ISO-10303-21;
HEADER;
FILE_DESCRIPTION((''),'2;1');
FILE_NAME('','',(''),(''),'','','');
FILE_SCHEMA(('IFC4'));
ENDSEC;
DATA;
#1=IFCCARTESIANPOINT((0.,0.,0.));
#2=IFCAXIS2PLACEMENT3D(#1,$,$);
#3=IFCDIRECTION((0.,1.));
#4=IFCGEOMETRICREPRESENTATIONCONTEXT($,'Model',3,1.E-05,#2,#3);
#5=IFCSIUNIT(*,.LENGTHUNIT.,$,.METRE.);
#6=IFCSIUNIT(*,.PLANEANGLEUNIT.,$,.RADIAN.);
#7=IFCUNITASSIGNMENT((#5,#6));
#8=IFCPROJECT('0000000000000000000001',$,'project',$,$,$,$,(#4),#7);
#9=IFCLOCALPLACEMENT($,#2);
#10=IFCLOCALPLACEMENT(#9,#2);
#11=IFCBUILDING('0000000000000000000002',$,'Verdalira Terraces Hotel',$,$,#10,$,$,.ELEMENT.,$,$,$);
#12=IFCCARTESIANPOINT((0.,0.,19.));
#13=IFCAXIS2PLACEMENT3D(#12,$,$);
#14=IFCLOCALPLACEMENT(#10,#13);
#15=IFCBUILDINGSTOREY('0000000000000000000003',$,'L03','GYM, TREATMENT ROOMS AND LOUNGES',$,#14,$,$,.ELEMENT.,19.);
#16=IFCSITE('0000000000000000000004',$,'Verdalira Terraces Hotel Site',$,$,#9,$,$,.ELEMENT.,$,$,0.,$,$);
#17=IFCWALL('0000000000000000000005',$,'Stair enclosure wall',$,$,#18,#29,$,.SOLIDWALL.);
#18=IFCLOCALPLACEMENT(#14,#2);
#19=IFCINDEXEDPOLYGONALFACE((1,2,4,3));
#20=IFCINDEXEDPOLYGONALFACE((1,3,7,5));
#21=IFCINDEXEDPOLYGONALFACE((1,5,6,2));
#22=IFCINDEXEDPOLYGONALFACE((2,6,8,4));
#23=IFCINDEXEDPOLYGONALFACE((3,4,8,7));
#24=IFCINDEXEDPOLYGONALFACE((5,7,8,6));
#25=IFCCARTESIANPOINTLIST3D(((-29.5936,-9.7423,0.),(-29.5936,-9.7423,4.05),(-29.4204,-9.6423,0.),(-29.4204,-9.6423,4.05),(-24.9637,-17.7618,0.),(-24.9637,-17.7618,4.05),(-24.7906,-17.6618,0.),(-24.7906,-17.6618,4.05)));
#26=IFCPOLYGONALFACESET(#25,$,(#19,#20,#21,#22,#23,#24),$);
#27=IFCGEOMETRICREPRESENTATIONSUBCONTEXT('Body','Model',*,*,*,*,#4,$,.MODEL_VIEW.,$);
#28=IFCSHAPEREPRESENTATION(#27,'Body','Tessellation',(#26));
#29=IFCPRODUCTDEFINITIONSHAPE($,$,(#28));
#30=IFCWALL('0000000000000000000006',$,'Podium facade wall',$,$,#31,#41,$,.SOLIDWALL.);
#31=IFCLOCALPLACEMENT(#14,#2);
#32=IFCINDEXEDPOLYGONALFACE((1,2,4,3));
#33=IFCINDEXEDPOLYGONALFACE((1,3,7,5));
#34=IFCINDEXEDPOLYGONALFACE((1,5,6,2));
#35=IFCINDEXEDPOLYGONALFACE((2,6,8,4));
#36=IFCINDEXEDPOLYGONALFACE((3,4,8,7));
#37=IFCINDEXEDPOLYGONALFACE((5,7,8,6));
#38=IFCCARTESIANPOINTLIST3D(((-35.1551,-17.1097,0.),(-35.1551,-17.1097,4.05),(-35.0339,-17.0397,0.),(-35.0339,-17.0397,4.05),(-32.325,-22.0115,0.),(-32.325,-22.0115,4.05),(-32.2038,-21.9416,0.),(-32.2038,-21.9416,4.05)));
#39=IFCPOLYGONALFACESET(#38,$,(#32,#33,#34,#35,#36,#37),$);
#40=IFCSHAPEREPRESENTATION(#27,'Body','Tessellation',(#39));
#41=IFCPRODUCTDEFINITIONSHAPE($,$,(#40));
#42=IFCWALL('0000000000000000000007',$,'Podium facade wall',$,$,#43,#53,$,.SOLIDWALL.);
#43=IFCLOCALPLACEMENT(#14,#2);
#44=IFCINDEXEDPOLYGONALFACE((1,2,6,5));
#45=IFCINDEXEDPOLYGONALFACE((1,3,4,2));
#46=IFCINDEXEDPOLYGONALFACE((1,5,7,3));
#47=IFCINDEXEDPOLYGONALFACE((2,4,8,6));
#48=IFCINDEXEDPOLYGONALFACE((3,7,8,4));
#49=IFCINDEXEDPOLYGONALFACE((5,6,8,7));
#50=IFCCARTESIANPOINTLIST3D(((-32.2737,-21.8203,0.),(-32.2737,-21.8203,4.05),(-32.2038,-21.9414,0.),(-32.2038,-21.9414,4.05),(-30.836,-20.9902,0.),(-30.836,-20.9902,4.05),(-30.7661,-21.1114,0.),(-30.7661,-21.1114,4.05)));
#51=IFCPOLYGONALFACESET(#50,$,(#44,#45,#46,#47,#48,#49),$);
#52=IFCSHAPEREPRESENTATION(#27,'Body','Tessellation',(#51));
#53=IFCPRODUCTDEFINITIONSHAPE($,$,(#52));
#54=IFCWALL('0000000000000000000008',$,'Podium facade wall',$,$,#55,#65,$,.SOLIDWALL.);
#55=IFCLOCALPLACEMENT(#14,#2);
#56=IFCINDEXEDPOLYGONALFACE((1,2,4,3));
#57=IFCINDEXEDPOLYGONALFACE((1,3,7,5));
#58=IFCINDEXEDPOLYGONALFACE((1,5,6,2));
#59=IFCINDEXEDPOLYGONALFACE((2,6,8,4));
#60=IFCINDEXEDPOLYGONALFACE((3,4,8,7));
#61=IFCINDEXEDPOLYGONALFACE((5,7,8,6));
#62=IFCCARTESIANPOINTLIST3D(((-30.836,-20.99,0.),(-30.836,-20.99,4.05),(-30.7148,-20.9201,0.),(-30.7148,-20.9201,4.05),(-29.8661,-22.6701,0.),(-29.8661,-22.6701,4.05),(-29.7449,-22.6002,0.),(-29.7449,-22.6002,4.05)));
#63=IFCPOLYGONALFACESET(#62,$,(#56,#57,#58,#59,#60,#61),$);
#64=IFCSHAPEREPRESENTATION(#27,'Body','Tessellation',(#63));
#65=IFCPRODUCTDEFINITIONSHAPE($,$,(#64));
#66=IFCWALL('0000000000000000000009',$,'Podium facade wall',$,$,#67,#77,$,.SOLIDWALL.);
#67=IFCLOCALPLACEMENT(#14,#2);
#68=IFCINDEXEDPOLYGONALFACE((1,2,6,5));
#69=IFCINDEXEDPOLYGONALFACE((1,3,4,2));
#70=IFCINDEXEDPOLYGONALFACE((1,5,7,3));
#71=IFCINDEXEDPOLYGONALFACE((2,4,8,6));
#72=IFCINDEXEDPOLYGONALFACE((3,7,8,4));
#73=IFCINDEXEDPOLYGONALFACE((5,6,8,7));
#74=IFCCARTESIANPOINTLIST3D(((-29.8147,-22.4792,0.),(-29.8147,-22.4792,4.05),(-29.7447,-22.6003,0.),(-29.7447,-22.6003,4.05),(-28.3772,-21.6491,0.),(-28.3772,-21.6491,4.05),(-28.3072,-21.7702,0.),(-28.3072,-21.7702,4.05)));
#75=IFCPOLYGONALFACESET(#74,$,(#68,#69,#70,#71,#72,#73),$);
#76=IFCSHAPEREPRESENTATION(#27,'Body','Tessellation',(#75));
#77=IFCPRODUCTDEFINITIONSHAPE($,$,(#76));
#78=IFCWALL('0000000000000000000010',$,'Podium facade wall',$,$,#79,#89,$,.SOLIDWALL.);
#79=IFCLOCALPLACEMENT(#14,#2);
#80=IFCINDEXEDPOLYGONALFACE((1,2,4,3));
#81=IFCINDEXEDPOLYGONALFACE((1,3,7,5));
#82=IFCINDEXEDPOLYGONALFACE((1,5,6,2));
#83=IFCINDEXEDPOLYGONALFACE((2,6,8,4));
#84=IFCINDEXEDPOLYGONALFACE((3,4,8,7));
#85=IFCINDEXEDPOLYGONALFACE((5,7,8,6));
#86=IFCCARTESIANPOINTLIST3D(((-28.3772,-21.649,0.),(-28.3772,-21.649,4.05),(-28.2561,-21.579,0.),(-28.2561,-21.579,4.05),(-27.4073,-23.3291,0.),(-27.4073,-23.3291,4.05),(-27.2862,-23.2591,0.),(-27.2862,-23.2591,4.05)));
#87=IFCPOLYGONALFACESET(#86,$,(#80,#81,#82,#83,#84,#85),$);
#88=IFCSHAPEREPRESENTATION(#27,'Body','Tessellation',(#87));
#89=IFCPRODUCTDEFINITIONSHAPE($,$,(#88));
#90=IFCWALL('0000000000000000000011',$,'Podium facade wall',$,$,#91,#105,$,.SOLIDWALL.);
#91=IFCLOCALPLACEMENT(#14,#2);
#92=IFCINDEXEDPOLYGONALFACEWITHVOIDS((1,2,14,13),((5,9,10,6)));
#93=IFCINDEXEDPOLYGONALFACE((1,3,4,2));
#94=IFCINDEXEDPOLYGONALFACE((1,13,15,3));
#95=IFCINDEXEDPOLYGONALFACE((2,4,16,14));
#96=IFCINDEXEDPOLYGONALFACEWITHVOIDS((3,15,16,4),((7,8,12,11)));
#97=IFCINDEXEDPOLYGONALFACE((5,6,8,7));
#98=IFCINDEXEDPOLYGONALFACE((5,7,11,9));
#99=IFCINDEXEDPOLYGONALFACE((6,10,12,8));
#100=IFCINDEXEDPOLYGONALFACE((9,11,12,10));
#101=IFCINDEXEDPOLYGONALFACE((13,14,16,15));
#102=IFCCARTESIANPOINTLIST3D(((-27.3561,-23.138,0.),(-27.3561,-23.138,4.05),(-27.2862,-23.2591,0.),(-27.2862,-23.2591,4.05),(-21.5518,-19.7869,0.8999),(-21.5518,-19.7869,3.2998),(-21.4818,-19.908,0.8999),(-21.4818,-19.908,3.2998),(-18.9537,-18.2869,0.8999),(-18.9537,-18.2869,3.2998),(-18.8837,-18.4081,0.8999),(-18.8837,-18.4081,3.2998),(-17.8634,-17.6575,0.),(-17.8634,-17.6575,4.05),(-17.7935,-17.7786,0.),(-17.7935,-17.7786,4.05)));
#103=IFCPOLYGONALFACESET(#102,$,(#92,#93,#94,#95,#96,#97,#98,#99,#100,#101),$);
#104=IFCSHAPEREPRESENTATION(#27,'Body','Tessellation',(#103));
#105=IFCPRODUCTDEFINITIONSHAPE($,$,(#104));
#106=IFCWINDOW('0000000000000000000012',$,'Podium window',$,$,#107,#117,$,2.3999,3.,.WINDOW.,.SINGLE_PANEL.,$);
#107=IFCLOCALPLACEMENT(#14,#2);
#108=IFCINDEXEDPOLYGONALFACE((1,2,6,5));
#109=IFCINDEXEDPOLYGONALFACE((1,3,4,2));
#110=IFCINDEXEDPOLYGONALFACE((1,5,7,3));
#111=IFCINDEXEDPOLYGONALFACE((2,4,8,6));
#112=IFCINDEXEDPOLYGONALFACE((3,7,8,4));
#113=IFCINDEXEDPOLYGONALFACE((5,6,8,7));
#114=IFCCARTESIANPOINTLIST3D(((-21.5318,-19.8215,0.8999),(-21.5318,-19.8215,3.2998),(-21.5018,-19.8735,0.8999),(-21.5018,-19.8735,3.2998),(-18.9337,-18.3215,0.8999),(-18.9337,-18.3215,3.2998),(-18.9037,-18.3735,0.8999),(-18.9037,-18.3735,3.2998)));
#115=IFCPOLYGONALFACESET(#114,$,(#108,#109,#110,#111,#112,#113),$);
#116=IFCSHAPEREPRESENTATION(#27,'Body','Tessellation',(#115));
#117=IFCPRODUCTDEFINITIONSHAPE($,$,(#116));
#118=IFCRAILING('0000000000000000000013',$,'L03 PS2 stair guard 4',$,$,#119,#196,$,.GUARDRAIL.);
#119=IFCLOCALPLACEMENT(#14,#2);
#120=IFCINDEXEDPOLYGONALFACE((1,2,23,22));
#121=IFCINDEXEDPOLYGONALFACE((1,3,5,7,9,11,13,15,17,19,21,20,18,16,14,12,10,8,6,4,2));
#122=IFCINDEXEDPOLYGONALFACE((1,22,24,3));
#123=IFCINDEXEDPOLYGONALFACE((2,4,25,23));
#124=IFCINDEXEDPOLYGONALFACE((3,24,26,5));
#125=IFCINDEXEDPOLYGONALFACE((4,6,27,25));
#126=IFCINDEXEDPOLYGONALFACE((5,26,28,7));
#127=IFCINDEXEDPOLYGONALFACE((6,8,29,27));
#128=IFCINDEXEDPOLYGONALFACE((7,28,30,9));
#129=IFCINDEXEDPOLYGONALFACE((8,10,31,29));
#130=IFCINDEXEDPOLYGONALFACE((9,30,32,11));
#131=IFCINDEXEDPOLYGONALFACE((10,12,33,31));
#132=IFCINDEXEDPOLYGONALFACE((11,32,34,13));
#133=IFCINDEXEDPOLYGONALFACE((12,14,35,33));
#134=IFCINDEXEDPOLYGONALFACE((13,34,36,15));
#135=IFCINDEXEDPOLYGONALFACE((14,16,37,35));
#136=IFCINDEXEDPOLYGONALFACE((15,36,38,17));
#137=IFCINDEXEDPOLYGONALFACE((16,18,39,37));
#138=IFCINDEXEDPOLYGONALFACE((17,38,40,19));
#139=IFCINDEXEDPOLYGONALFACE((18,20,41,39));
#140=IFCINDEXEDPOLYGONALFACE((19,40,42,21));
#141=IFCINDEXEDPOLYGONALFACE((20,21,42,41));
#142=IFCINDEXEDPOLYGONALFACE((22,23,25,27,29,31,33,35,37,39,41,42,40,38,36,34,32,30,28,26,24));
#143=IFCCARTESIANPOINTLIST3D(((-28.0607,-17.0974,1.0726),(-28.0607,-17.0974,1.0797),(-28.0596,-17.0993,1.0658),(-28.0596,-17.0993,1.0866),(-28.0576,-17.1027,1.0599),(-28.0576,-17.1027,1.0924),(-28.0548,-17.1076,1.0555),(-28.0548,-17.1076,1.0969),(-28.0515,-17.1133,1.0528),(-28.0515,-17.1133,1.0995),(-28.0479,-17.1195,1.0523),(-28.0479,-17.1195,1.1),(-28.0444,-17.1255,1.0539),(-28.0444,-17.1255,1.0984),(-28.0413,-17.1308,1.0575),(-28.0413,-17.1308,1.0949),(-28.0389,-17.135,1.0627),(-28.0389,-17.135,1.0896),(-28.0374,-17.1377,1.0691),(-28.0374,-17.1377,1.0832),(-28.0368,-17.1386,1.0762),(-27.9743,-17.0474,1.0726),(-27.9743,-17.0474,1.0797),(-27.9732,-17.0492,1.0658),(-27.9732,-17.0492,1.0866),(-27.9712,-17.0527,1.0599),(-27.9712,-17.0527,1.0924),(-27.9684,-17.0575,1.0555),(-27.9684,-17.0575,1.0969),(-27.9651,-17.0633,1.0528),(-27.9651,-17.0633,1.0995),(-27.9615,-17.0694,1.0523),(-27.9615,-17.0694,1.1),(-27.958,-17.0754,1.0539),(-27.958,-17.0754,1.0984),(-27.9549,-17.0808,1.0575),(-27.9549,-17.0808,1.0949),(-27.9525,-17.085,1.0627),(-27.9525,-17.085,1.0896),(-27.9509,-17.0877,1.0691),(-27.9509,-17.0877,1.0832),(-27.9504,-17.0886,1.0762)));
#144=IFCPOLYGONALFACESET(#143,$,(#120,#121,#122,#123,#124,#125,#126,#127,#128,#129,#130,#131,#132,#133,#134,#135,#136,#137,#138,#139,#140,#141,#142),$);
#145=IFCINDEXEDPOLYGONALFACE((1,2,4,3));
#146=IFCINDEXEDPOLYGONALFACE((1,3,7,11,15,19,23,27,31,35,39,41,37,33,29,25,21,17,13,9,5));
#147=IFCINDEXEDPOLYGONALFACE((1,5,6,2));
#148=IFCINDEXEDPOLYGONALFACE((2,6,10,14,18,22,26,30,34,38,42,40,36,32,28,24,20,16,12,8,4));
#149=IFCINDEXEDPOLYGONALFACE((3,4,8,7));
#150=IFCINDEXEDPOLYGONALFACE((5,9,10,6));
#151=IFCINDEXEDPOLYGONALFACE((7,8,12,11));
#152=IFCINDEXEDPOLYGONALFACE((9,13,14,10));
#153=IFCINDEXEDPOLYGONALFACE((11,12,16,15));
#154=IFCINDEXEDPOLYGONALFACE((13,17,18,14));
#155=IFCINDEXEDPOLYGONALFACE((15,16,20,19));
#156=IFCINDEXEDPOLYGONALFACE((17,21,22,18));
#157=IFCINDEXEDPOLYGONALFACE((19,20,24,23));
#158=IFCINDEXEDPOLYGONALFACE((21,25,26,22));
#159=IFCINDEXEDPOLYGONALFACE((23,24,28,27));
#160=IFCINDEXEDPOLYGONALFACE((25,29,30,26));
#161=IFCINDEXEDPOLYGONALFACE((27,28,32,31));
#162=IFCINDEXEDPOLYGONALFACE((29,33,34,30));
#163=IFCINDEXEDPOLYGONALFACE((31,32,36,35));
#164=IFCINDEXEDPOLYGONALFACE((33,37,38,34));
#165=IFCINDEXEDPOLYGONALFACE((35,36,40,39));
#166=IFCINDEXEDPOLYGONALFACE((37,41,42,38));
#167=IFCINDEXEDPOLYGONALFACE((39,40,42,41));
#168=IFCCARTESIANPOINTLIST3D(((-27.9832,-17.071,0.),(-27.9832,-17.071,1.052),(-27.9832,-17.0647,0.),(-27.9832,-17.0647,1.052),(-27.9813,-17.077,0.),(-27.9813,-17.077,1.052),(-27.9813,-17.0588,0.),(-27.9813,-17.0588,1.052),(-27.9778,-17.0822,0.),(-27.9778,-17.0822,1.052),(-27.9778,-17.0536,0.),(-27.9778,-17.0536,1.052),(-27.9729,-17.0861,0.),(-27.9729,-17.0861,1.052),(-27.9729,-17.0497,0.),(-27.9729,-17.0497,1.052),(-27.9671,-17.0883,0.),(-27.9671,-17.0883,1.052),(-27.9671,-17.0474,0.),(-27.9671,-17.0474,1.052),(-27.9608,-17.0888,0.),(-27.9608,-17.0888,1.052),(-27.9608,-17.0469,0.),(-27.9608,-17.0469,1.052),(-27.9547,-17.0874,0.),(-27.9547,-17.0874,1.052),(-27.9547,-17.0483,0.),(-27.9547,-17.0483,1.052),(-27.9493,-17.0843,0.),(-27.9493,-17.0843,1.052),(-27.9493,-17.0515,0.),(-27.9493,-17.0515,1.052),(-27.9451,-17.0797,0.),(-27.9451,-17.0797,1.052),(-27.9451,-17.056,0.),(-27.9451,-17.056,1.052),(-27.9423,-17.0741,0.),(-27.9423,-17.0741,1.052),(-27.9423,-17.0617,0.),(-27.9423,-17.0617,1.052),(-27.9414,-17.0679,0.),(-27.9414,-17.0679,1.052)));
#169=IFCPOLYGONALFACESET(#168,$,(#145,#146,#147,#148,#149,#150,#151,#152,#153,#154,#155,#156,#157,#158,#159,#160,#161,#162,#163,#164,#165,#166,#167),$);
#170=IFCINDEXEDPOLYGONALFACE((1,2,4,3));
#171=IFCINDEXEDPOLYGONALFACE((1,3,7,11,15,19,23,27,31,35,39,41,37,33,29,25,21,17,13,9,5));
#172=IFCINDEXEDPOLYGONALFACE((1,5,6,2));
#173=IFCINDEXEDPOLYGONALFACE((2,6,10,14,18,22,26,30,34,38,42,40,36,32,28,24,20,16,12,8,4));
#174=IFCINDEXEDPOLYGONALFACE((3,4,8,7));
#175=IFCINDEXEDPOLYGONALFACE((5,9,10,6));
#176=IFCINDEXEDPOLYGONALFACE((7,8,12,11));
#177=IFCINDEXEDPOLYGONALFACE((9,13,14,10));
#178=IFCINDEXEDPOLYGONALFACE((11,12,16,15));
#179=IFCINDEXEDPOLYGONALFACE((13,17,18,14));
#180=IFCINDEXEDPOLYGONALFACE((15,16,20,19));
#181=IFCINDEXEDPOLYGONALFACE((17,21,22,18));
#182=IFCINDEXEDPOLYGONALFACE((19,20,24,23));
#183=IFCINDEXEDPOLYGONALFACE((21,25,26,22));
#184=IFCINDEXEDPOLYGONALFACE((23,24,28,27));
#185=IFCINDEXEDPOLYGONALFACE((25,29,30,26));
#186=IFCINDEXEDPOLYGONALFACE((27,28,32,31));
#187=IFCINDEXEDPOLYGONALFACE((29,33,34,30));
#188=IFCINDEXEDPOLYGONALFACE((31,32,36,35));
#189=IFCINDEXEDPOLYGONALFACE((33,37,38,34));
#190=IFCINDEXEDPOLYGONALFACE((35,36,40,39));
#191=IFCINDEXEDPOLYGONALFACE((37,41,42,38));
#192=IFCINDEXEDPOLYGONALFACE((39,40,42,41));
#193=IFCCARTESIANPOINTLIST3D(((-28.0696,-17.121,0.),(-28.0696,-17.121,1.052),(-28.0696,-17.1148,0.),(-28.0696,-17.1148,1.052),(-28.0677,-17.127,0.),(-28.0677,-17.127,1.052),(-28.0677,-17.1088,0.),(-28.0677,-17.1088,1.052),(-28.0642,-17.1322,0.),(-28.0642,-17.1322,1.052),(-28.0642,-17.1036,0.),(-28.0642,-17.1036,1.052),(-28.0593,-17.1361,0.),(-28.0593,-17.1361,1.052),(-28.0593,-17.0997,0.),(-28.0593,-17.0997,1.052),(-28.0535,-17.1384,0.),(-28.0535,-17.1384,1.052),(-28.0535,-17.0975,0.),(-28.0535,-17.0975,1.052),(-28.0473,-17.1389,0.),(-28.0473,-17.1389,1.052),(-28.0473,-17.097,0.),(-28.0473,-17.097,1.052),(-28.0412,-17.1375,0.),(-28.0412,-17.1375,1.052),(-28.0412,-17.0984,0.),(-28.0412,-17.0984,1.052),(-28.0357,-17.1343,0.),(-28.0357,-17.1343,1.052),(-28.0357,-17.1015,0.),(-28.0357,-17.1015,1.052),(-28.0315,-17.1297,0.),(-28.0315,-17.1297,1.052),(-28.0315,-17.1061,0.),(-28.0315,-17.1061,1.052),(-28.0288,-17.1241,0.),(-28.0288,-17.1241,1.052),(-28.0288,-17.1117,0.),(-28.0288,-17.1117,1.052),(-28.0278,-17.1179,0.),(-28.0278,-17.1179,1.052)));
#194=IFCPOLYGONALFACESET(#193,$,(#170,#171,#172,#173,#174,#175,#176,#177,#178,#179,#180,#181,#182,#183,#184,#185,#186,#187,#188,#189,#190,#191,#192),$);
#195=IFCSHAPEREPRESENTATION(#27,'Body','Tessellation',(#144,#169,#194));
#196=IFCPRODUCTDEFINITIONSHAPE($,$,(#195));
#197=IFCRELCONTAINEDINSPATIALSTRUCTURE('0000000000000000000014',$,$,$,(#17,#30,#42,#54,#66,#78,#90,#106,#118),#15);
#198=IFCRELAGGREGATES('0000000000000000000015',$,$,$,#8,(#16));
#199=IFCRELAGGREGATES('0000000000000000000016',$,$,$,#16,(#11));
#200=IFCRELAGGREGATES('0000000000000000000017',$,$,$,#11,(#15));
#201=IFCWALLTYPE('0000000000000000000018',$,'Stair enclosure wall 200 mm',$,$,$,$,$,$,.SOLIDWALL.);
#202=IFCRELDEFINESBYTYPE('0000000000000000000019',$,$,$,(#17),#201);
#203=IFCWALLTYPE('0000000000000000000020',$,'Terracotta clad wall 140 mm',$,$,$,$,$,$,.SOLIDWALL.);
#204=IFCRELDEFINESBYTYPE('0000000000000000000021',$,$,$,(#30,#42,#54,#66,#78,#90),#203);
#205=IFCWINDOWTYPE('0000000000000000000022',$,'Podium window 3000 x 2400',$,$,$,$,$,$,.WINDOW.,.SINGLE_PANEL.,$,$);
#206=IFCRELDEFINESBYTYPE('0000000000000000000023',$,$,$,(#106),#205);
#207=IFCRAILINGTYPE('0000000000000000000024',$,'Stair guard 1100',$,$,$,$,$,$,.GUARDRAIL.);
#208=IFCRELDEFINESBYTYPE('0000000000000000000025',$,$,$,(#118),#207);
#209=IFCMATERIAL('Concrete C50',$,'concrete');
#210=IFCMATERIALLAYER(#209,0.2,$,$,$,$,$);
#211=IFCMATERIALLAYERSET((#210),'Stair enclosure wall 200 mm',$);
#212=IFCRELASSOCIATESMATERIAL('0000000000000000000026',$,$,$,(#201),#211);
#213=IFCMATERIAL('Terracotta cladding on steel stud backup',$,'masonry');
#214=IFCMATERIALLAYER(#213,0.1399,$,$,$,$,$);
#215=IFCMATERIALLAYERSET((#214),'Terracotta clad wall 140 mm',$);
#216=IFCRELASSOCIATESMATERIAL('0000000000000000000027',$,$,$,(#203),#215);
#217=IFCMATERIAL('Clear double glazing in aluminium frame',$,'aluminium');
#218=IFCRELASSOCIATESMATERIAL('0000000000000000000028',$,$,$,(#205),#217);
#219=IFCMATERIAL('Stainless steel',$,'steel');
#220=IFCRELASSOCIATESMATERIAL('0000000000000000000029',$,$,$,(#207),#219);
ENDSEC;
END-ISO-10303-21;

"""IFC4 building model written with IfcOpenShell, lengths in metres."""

from ifc_helpers import new_model, si_unit, direction, frame, frame_2d, origin, origin_2d, place, context, subcontext, project, spatial, rectangle, circle, extrude, material, layer, layer_set, type_object, element, fill, save


model = new_model("IFC4")

# Units and contexts
model_context = context("Model", 3, precision=1e-05, world=origin(), true_north=direction((0.0, 1.0)))
body_context = subcontext(model_context, "Body", "Model", "MODEL_VIEW")
ifc_project = project(units=[si_unit("LENGTHUNIT", "METRE"), si_unit("PLANEANGLEUNIT", "RADIAN")], contexts=[model_context])

# Site, building, storey
site_placement = place(None, origin())
site = spatial("IfcSite", under=ifc_project, at=site_placement, Name="Verdalira Terraces Hotel Site", CompositionType="ELEMENT", RefElevation=0.0)
building_placement = place(site_placement, origin())
building = spatial("IfcBuilding", under=site, at=building_placement, Name="Verdalira Terraces Hotel", CompositionType="ELEMENT")
storey_placement = place(building_placement, frame((0.0, 0.0, 19.0)))
storey = spatial("IfcBuildingStorey", under=building, at=storey_placement, Name="L03", Description="GYM, TREATMENT ROOMS AND LOUNGES", CompositionType="ELEMENT", Elevation=19.0)

# Shared definitions
ifc_material_1 = material(Name="Concrete C50", Category="concrete")
ifc_layer_1 = layer(ifc_material_1, 0.2)
ifc_layer_set_1 = layer_set([ifc_layer_1], Name="Stair enclosure wall 200 mm")
wall_type_1 = type_object("IfcWallType", Name="Stair enclosure wall 200 mm", PredefinedType="SOLIDWALL", material=ifc_layer_set_1)

# Walls
wall_1_placement = place(storey_placement, frame((-24.8772, -17.7117, 0.0), z_axis=(0.0, 0.0, 1.0), x_axis=(-0.499984, 0.866035, 0.0)))
element("IfcWall", 1, at=wall_1_placement, inside=storey, type_object=wall_type_1, Name="Stair enclosure wall", PredefinedType="SOLIDWALL", context=body_context, shape_type="SweptSolid", body=[
    extrude(rectangle(XDim=9.26, YDim=0.2, at=frame_2d((4.6299, 0.0))), origin(), (0.0, 0.0, 1.0), 4.05),
])
ifc_material_2 = material(Name="Terracotta cladding on steel stud backup", Category="masonry")
ifc_layer_2 = layer(ifc_material_2, 0.1399)
ifc_layer_set_2 = layer_set([ifc_layer_2], Name="Terracotta clad wall 140 mm")
wall_type_2 = type_object("IfcWallType", Name="Terracotta clad wall 140 mm", PredefinedType="SOLIDWALL", material=ifc_layer_set_2)
wall_2_placement = place(storey_placement, frame((-35.0945, -17.0747, 0.0), z_axis=(0.0, 0.0, 1.0), x_axis=(0.499999, -0.866026, 0.0)))
element("IfcWall", 2, at=wall_2_placement, inside=storey, type_object=wall_type_2, Name="Podium facade wall", PredefinedType="SOLIDWALL", context=body_context, shape_type="SweptSolid", body=[
    extrude(rectangle(XDim=5.6602, YDim=0.1399, at=frame_2d((2.8301, 0.0))), origin(), (0.0, 0.0, 1.0), 4.05),
])
wall_3_placement = place(storey_placement, frame((-32.2388, -21.8809, 0.0), z_axis=(0.0, 0.0, 1.0), x_axis=(0.866026, 0.499998, 0.0)))
element("IfcWall", 3, at=wall_3_placement, inside=storey, type_object=wall_type_2, Name="Podium facade wall", PredefinedType="SOLIDWALL", context=body_context, shape_type="SweptSolid", body=[
    extrude(rectangle(XDim=1.6602, YDim=0.1399, at=frame_2d((0.8301, 0.0))), origin(), (0.0, 0.0, 1.0), 4.05),
])
wall_4_placement = place(storey_placement, frame((-30.7754, -20.9551, 0.0), z_axis=(0.0, 0.0, 1.0), x_axis=(0.499969, -0.866043, 0.0)))
element("IfcWall", 4, at=wall_4_placement, inside=storey, type_object=wall_type_2, Name="Podium facade wall", PredefinedType="SOLIDWALL", context=body_context, shape_type="SweptSolid", body=[
    extrude(rectangle(XDim=1.9399, YDim=0.1399, at=frame_2d((0.97, 0.0))), origin(), (0.0, 0.0, 1.0), 4.05),
])
wall_5_placement = place(storey_placement, frame((-29.7798, -22.5398, 0.0), z_axis=(0.0, 0.0, 1.0), x_axis=(0.86599, 0.500062, 0.0)))
element("IfcWall", 5, at=wall_5_placement, inside=storey, type_object=wall_type_2, Name="Podium facade wall", PredefinedType="SOLIDWALL", context=body_context, shape_type="SweptSolid", body=[
    extrude(rectangle(XDim=1.6599, YDim=0.1399, at=frame_2d((0.8301, 0.0))), origin(), (0.0, 0.0, 1.0), 4.05),
])
wall_6_placement = place(storey_placement, frame((-28.3166, -21.614, 0.0), z_axis=(0.0, 0.0, 1.0), x_axis=(0.499969, -0.866043, 0.0)))
element("IfcWall", 6, at=wall_6_placement, inside=storey, type_object=wall_type_2, Name="Podium facade wall", PredefinedType="SOLIDWALL", context=body_context, shape_type="SweptSolid", body=[
    extrude(rectangle(XDim=1.9399, YDim=0.1399, at=frame_2d((0.97, 0.0))), origin(), (0.0, 0.0, 1.0), 4.05),
])

# Wall, opening, window
wall_7_placement = place(storey_placement, frame((-27.321, -23.1985, 0.0), z_axis=(0.0, 0.0, 1.0), x_axis=(0.866031, 0.499991, 0.0)))
wall_7 = element("IfcWall", 7, at=wall_7_placement, inside=storey, type_object=wall_type_2, Name="Podium facade wall", PredefinedType="SOLIDWALL", context=body_context, shape_type="SweptSolid", body=[
    extrude(rectangle(XDim=10.9612, YDim=0.1399, at=frame_2d((5.4805, 0.0))), origin(), (0.0, 0.0, 1.0), 4.05),
])
opening_1_placement = place(wall_7_placement, frame((6.7021, 0.0, 0.8999)))
opening_1 = element("IfcOpeningElement", 8, at=opening_1_placement, cuts=wall_7, PredefinedType="OPENING", context=body_context, shape_type="SweptSolid", body=[
    extrude(rectangle(XDim=3.0, YDim=2.3999, at=frame_2d((1.5, 1.2))), frame((0.0, 0.0798, 0.0), z_axis=(0.0, -1.0, 0.0), x_axis=(1.0, 0.0, 0.0)), (0.0, 0.0, 1.0), 0.1599),
])
ifc_material_3 = material(Name="Clear double glazing in aluminium frame", Category="aluminium")
window_type = type_object("IfcWindowType", Name="Podium window 3000 x 2400", PartitioningType="SINGLE_PANEL", PredefinedType="WINDOW", material=ifc_material_3)
window_placement = place(opening_1_placement, origin())
window = element("IfcWindow", 9, at=window_placement, inside=storey, type_object=window_type, Name="Podium window", OverallHeight=2.3999, OverallWidth=3.0, PartitioningType="SINGLE_PANEL", PredefinedType="WINDOW", context=body_context, shape_type="SweptSolid", body=[
    extrude(rectangle(XDim=3.0, YDim=2.3999, at=frame_2d((1.5, 1.2))), frame((0.0, 0.03, 0.0), z_axis=(0.0, -1.0, 0.0), x_axis=(1.0, 0.0, 0.0)), (0.0, 0.0, 1.0), 0.0601),
])
fill(opening_1, window)

# Railing
ifc_material_4 = material(Name="Stainless steel", Category="steel")
railing_type = type_object("IfcRailingType", Name="Stair guard 1100", PredefinedType="GUARDRAIL", material=ifc_material_4)
railing_placement = place(storey_placement, frame((-27.9624, -17.0679, 0.0)))
element("IfcRailing", 10, at=railing_placement, inside=storey, type_object=railing_type, Name="L03 PS2 stair guard 4", PredefinedType="GUARDRAIL", context=body_context, shape_type="SweptSolid", body=[
    extrude(circle(Radius=0.0239, at=origin_2d()), frame((0.0, 0.0, 1.0762), z_axis=(-0.86537, -0.501133, 0.0), x_axis=(0.501133, -0.86537, 0.0)), (0.0, 0.0, 1.0), 0.0999),
    extrude(circle(Radius=0.021, at=origin_2d()), origin(), (0.0, 0.0, 1.0), 1.052),
    extrude(circle(Radius=0.021, at=origin_2d()), frame((-0.0864, -0.05, 0.0)), (0.0, 0.0, 1.0), 1.052),
])

save(model, "model.ifc")
